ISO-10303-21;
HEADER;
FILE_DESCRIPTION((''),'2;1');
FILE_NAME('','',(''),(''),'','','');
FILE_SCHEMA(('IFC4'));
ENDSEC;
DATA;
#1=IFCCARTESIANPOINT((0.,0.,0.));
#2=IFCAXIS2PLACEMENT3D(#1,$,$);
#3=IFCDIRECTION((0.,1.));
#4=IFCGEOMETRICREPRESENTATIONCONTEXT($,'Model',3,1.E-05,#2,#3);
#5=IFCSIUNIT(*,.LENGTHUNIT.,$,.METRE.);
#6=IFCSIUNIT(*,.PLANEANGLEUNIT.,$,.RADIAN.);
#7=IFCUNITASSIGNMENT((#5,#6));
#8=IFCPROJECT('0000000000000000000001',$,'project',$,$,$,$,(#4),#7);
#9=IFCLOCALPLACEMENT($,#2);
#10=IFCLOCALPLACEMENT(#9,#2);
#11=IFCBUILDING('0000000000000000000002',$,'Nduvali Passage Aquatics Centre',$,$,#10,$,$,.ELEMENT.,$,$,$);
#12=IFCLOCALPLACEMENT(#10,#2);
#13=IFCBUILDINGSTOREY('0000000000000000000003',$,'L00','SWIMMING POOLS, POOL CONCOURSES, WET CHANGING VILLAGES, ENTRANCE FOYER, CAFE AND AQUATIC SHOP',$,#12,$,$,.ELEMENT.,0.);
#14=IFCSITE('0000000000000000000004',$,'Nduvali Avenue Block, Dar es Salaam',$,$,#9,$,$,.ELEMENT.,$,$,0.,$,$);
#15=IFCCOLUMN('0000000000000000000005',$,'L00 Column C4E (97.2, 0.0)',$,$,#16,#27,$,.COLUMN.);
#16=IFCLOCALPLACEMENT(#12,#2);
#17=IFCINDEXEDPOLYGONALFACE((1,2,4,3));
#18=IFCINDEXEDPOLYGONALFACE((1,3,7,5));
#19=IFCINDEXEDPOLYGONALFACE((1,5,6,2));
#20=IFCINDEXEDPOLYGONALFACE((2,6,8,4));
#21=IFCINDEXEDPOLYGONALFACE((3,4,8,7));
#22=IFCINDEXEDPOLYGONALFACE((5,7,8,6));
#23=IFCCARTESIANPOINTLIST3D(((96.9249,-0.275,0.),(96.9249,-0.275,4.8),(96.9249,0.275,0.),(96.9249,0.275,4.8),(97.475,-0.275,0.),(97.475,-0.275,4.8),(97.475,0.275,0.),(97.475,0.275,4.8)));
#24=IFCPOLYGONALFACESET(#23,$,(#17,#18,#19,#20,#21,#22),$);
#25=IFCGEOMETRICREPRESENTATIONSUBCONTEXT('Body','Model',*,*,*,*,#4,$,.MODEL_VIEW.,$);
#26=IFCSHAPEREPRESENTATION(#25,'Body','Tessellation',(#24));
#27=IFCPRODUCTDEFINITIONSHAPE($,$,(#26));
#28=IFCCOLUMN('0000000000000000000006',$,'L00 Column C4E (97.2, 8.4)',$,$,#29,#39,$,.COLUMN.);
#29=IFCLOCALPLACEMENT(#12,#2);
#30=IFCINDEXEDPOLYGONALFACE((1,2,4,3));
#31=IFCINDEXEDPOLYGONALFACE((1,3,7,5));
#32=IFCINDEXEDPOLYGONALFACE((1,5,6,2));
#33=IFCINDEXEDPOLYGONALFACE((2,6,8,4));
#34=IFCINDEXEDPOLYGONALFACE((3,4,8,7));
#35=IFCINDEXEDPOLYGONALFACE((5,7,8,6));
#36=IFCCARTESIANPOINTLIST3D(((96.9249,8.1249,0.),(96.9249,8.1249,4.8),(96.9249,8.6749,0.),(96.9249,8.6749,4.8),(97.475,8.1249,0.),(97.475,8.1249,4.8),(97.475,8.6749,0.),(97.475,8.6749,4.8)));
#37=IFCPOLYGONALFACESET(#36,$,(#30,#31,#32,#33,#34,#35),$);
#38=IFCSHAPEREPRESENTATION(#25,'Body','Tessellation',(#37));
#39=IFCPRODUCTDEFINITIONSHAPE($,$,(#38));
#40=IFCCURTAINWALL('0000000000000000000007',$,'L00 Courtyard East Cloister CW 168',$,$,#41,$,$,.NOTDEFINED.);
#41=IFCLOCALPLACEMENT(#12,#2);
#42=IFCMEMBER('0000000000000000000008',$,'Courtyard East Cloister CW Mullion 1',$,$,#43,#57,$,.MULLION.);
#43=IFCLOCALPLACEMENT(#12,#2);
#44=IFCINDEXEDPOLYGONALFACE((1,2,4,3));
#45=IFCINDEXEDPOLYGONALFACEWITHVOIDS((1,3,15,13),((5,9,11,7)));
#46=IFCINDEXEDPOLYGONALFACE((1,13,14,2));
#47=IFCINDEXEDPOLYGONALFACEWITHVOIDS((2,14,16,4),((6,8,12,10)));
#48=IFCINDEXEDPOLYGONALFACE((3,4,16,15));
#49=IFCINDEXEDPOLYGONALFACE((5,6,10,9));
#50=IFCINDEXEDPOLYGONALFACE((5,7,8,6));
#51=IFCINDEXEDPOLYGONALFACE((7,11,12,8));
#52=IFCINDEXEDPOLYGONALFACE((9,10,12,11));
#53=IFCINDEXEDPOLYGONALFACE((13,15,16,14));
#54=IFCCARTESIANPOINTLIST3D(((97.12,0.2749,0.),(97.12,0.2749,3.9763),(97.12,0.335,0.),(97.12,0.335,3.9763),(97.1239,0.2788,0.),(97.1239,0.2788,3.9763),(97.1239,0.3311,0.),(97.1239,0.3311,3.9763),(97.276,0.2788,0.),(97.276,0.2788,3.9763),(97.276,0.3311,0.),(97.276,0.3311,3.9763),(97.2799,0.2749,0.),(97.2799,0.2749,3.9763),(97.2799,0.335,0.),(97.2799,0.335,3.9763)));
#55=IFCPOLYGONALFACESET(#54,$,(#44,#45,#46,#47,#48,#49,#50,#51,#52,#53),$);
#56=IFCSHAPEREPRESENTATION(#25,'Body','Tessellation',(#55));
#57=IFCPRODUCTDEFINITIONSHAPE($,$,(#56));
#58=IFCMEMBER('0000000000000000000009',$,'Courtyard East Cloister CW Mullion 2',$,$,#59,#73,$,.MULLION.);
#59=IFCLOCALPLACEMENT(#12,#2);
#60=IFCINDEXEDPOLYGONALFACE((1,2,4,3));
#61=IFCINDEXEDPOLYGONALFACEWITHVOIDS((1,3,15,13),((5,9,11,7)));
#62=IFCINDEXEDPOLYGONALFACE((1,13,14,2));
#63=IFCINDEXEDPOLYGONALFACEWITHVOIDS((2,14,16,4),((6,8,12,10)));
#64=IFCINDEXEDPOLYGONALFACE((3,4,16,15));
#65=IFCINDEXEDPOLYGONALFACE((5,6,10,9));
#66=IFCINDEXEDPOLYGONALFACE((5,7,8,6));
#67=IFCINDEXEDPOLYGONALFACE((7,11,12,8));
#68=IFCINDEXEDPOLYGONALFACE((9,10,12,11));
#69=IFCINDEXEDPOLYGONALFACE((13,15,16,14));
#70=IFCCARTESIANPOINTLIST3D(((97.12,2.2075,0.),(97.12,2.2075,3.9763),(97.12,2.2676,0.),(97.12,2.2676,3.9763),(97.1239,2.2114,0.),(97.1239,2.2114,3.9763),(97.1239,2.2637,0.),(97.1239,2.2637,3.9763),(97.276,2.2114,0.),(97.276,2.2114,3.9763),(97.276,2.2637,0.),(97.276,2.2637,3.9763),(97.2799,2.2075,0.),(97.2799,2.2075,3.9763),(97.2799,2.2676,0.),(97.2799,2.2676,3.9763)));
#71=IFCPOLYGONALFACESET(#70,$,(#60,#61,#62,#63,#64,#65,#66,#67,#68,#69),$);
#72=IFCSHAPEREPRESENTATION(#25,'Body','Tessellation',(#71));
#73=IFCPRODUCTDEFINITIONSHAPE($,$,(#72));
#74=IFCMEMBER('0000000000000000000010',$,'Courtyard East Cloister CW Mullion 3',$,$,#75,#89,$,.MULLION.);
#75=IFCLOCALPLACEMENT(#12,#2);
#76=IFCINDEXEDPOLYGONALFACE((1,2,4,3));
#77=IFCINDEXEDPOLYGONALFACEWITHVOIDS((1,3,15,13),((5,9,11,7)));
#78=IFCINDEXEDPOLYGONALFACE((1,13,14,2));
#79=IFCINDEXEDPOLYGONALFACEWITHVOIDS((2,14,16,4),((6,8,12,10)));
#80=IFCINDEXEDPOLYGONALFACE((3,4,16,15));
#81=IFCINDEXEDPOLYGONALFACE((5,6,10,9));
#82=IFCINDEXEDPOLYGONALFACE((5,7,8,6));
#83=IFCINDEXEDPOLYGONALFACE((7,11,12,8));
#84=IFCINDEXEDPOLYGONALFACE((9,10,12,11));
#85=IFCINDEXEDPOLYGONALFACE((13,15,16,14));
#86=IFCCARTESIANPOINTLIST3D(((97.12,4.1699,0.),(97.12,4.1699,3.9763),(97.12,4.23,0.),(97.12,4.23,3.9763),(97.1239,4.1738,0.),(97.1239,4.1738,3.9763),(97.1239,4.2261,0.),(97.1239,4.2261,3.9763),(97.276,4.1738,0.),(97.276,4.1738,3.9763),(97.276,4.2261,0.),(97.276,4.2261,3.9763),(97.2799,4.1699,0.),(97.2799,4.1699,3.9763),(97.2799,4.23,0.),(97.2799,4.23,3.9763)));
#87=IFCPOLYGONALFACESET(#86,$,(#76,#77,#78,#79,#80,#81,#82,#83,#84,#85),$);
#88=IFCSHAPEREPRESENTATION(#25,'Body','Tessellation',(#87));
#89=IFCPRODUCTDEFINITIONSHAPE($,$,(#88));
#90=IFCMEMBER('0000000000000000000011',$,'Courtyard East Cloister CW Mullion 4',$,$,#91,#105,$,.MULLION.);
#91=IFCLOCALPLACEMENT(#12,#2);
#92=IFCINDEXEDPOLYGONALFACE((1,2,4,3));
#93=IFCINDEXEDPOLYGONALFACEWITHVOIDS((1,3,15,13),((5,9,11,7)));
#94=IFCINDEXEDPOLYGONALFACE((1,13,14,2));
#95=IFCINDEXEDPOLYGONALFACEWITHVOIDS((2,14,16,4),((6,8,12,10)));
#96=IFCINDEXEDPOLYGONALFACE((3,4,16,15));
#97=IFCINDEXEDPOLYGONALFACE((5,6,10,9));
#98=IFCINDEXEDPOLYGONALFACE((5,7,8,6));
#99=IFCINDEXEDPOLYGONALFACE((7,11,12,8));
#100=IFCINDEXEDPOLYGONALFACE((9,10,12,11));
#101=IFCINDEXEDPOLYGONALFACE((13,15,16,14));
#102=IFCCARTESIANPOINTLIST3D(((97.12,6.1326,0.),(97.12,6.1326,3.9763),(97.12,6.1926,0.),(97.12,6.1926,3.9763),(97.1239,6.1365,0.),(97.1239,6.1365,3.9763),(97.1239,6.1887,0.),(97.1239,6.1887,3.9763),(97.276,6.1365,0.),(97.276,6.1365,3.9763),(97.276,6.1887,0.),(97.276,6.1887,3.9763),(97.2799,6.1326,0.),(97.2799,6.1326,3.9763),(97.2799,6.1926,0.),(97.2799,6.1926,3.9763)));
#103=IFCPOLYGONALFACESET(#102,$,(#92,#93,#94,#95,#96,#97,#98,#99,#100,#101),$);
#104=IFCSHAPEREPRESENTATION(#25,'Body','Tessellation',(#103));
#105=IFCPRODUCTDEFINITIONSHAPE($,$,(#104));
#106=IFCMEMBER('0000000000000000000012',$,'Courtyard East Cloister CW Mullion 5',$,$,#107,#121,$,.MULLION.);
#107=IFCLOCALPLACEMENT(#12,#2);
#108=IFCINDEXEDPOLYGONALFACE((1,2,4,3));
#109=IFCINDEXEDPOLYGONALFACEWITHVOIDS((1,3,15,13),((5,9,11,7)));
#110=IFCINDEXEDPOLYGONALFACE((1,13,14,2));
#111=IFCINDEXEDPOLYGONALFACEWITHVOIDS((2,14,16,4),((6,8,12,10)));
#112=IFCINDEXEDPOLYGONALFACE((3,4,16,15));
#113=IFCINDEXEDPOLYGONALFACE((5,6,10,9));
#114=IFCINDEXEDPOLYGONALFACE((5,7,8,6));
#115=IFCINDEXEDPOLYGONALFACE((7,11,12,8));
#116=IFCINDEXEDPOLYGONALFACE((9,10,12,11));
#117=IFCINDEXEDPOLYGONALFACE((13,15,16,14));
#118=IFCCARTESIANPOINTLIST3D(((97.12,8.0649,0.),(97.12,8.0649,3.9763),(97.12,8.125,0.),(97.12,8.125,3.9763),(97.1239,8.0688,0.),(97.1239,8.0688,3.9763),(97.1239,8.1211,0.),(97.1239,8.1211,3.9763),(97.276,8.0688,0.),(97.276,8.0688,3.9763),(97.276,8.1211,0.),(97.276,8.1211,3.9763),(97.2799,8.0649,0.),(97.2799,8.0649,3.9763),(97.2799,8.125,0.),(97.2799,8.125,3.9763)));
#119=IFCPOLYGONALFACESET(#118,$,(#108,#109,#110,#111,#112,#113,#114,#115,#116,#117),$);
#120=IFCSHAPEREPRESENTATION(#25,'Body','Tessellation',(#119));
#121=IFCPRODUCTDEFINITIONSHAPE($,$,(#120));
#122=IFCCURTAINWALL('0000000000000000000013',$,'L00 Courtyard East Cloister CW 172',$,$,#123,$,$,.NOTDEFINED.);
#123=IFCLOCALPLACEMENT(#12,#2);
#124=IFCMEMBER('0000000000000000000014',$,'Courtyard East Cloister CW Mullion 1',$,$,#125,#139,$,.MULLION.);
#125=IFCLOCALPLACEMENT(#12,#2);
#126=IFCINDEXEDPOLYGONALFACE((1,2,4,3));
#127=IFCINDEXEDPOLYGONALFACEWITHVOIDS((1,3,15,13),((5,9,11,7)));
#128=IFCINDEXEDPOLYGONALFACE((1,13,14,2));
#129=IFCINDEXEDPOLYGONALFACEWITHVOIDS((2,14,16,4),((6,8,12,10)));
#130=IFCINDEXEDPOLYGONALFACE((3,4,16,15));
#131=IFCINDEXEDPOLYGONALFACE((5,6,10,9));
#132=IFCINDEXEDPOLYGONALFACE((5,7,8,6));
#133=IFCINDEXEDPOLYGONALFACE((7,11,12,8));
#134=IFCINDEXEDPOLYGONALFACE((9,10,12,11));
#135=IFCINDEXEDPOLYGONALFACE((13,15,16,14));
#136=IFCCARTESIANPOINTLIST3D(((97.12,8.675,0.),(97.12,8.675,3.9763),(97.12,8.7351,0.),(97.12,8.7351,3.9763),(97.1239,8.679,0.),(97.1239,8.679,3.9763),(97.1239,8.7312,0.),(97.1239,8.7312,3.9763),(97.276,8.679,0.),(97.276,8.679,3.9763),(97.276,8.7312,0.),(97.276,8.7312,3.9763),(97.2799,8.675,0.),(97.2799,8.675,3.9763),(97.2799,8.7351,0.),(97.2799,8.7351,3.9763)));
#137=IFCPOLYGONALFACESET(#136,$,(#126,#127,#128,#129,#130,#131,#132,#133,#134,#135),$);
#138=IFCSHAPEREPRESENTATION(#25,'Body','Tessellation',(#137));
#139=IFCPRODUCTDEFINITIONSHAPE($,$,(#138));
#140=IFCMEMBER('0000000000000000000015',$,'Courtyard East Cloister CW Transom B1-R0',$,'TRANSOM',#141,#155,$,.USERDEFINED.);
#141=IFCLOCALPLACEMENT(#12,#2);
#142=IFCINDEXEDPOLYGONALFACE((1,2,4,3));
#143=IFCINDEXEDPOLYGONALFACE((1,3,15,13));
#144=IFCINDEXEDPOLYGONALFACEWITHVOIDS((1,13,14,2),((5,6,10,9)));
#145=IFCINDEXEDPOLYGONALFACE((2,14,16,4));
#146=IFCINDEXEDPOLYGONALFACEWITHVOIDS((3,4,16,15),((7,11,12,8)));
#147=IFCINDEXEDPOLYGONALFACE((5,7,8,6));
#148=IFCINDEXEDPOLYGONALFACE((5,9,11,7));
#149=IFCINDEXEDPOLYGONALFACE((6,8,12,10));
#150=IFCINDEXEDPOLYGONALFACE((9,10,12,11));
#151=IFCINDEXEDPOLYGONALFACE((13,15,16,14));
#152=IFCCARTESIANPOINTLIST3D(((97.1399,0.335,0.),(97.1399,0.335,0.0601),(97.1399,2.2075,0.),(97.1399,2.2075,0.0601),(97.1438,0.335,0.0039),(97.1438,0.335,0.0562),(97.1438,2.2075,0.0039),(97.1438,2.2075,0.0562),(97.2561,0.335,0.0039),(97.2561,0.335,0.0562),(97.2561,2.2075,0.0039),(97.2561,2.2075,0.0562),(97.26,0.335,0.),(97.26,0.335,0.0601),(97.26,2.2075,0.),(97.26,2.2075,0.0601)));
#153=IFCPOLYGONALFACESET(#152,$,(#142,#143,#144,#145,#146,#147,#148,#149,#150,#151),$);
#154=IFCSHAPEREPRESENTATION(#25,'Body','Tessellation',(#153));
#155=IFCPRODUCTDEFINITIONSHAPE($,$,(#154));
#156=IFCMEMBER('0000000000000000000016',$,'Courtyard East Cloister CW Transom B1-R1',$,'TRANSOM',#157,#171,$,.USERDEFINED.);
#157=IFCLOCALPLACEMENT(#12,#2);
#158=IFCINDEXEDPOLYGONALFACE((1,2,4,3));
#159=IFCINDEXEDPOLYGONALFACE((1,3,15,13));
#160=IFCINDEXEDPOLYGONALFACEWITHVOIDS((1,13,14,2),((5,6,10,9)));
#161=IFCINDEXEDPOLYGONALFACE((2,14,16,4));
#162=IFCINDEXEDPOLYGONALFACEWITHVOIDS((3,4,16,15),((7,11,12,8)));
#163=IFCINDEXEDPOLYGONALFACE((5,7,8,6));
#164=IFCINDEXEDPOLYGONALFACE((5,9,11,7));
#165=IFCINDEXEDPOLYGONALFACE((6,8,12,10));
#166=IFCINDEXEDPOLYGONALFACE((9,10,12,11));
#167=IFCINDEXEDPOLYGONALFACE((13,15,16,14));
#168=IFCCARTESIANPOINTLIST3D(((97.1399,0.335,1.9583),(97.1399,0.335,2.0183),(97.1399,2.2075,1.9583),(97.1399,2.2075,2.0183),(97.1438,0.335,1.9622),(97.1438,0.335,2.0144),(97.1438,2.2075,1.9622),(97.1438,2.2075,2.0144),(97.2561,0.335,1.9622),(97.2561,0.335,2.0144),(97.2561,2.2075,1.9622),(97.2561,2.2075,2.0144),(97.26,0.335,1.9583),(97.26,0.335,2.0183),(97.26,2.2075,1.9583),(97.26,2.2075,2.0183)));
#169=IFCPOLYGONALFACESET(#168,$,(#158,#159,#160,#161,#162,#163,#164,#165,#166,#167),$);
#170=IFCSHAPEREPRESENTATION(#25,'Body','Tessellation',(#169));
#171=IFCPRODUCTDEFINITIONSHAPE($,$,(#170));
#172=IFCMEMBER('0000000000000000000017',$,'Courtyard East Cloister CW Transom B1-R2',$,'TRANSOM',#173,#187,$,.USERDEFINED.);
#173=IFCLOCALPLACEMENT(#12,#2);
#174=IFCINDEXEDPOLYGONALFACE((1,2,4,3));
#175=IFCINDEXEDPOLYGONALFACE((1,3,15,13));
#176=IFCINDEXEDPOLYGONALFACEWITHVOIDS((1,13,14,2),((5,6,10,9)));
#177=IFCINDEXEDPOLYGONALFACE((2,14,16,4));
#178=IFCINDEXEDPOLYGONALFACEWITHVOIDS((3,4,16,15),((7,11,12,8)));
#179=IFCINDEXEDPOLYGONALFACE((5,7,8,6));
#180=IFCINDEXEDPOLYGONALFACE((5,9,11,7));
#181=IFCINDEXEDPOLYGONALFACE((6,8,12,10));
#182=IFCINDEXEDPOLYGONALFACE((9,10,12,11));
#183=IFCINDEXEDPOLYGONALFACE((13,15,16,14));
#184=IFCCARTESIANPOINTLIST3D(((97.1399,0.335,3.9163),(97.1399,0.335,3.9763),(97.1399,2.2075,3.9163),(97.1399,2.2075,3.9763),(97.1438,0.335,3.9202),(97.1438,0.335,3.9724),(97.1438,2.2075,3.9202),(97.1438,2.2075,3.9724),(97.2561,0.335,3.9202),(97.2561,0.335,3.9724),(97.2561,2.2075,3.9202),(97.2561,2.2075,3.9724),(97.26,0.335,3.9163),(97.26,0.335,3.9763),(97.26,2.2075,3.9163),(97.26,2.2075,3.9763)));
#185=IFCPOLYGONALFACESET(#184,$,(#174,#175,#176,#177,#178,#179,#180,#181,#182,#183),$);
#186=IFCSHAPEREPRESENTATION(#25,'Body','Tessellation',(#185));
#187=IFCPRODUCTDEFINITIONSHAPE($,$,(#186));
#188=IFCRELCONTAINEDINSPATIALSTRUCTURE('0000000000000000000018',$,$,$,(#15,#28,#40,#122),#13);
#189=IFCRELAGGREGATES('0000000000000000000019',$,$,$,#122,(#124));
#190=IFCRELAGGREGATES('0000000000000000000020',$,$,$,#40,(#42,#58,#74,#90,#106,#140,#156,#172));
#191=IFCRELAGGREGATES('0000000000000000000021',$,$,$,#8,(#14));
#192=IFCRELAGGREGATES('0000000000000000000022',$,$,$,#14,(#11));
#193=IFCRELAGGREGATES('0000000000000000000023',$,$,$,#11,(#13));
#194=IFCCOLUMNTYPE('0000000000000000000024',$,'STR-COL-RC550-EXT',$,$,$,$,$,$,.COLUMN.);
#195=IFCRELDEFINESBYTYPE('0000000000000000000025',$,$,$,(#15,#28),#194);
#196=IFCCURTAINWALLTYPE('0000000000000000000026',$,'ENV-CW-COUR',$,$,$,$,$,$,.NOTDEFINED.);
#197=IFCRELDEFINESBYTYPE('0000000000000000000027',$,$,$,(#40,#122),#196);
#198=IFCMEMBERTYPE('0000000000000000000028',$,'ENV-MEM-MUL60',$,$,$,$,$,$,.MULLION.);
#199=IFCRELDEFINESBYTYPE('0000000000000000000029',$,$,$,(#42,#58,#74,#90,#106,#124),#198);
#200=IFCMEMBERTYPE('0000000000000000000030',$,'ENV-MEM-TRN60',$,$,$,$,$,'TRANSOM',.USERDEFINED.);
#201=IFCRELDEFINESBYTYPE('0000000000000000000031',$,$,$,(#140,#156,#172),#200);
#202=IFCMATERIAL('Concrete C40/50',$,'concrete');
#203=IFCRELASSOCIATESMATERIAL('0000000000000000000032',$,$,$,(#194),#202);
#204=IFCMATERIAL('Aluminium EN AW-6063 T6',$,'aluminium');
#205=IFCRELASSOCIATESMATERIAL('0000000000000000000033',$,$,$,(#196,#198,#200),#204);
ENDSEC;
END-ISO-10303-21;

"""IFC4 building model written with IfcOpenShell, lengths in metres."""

from ifc_helpers import new_model, si_unit, direction, frame, origin, origin_2d, place, context, subcontext, project, spatial, rectangle, hollow_rectangle, extrude, material, material_profile, profile_set, type_object, element, aggregate, save


model = new_model("IFC4")

# Units and contexts
model_context = context("Model", 3, precision=1e-05, world=origin(), true_north=direction((0.0, 1.0)))
body_context = subcontext(model_context, "Body", "Model", "MODEL_VIEW")
ifc_project = project(units=[si_unit("LENGTHUNIT", "METRE"), si_unit("PLANEANGLEUNIT", "RADIAN")], contexts=[model_context])

# Site, building, storey
site_placement = place(None, origin())
site = spatial("IfcSite", under=ifc_project, at=site_placement, Name="Nduvali Avenue Block, Dar es Salaam", CompositionType="ELEMENT", RefElevation=0.0)
building_placement = place(site_placement, origin())
building = spatial("IfcBuilding", under=site, at=building_placement, Name="Nduvali Passage Aquatics Centre", CompositionType="ELEMENT")
storey_placement = place(building_placement, origin())
storey = spatial("IfcBuildingStorey", under=building, at=storey_placement, Name="L00", Description="SWIMMING POOLS, POOL CONCOURSES, WET CHANGING VILLAGES, ENTRANCE FOYER, CAFE AND AQUATIC SHOP", CompositionType="ELEMENT", Elevation=0.0)

# Columns
ifc_material_1 = material(Name="Concrete C40/50", Category="concrete")
ifc_material_profile_1 = material_profile(ifc_material_1, rectangle(XDim=0.55, YDim=0.55, at=origin_2d()), Name="RC 550x550")
ifc_profile_set_1 = profile_set([ifc_material_profile_1], Name="Concrete C40/50")
column_type = type_object("IfcColumnType", Name="STR-COL-RC550-EXT", PredefinedType="COLUMN", material=ifc_profile_set_1)
for number, where, z_axis, x_axis, name in (
    (1, (97.2, 0.0, 0.0), (0.0, 0.0, 1.0), (1.0, 0.0, 0.0), "L00 Column C4E (97.2, 0.0)"),
    (2, (97.2, 8.3999, 0.0), (0.0, 0.0, 1.0), (1.0, 0.0, 0.0), "L00 Column C4E (97.2, 8.4)"),
):
    element("IfcColumn", number, at=place(storey_placement, frame(where, z_axis=z_axis, x_axis=x_axis)), inside=storey, type_object=column_type, Name=name, PredefinedType="COLUMN", context=body_context, shape_type="SweptSolid", body=[
        extrude(rectangle(XDim=0.55, YDim=0.55, at=origin_2d()), origin(), (0.0, 0.0, 1.0), 4.8),
    ])

# Curtain wall, members
ifc_material_2 = material(Name="Aluminium EN AW-6063 T6", Category="aluminium")
curtain_wall_type = type_object("IfcCurtainWallType", Name="ENV-CW-COUR", PredefinedType="NOTDEFINED", material=ifc_material_2)
curtain_wall_1_placement = place(storey_placement, origin())
curtain_wall_1 = element("IfcCurtainWall", 3, at=curtain_wall_1_placement, inside=storey, type_object=curtain_wall_type, Name="L00 Courtyard East Cloister CW 168", PredefinedType="NOTDEFINED")
ifc_material_profile_2 = material_profile(ifc_material_2, hollow_rectangle(XDim=0.0601, YDim=0.1599, WallThickness=0.0039, at=origin_2d()), Name="ALU MULLION 60x160x4")
ifc_profile_set_2 = profile_set([ifc_material_profile_2], Name="Aluminium EN AW-6063 T6")
member_type_1 = type_object("IfcMemberType", Name="ENV-MEM-MUL60", PredefinedType="MULLION", material=ifc_profile_set_2)
member_1_placement = place(storey_placement, frame((97.2, 0.3049, 0.0), z_axis=(0.0, 0.0, 1.0), x_axis=(0.0, 1.0, 0.0)))
member_1 = element("IfcMember", 4, at=member_1_placement, type_object=member_type_1, Name="Courtyard East Cloister CW Mullion 1", PredefinedType="MULLION", context=body_context, shape_type="SweptSolid", body=[
    extrude(hollow_rectangle(XDim=0.0601, YDim=0.1599, WallThickness=0.0039, at=origin_2d()), origin(), (0.0, 0.0, 1.0), 3.9763),
])
member_2_placement = place(storey_placement, frame((97.2, 2.2375, 0.0), z_axis=(0.0, 0.0, 1.0), x_axis=(0.0, 1.0, 0.0)))
member_2 = element("IfcMember", 5, at=member_2_placement, type_object=member_type_1, Name="Courtyard East Cloister CW Mullion 2", PredefinedType="MULLION", context=body_context, shape_type="SweptSolid", body=[
    extrude(hollow_rectangle(XDim=0.0601, YDim=0.1599, WallThickness=0.0039, at=origin_2d()), origin(), (0.0, 0.0, 1.0), 3.9763),
])
member_3_placement = place(storey_placement, frame((97.2, 4.2, 0.0), z_axis=(0.0, 0.0, 1.0), x_axis=(0.0, 1.0, 0.0)))
member_3 = element("IfcMember", 6, at=member_3_placement, type_object=member_type_1, Name="Courtyard East Cloister CW Mullion 3", PredefinedType="MULLION", context=body_context, shape_type="SweptSolid", body=[
    extrude(hollow_rectangle(XDim=0.0601, YDim=0.1599, WallThickness=0.0039, at=origin_2d()), origin(), (0.0, 0.0, 1.0), 3.9763),
])
member_4_placement = place(storey_placement, frame((97.2, 6.1626, 0.0), z_axis=(0.0, 0.0, 1.0), x_axis=(0.0, 1.0, 0.0)))
member_4 = element("IfcMember", 7, at=member_4_placement, type_object=member_type_1, Name="Courtyard East Cloister CW Mullion 4", PredefinedType="MULLION", context=body_context, shape_type="SweptSolid", body=[
    extrude(hollow_rectangle(XDim=0.0601, YDim=0.1599, WallThickness=0.0039, at=origin_2d()), origin(), (0.0, 0.0, 1.0), 3.9763),
])
member_5_placement = place(storey_placement, frame((97.2, 8.095, 0.0), z_axis=(0.0, 0.0, 1.0), x_axis=(0.0, 1.0, 0.0)))
member_5 = element("IfcMember", 8, at=member_5_placement, type_object=member_type_1, Name="Courtyard East Cloister CW Mullion 5", PredefinedType="MULLION", context=body_context, shape_type="SweptSolid", body=[
    extrude(hollow_rectangle(XDim=0.0601, YDim=0.1599, WallThickness=0.0039, at=origin_2d()), origin(), (0.0, 0.0, 1.0), 3.9763),
])

# Curtain wall, member
curtain_wall_2_placement = place(storey_placement, origin())
curtain_wall_2 = element("IfcCurtainWall", 9, at=curtain_wall_2_placement, inside=storey, type_object=curtain_wall_type, Name="L00 Courtyard East Cloister CW 172", PredefinedType="NOTDEFINED")
member_6_placement = place(storey_placement, frame((97.2, 8.7051, 0.0), z_axis=(0.0, 0.0, 1.0), x_axis=(0.0, 1.0, 0.0)))
member_6 = element("IfcMember", 10, at=member_6_placement, type_object=member_type_1, Name="Courtyard East Cloister CW Mullion 1", PredefinedType="MULLION", context=body_context, shape_type="SweptSolid", body=[
    extrude(hollow_rectangle(XDim=0.0601, YDim=0.1599, WallThickness=0.0039, at=origin_2d()), origin(), (0.0, 0.0, 1.0), 3.9763),
])
aggregate(curtain_wall_2, [member_6])

# Members
ifc_material_profile_3 = material_profile(ifc_material_2, hollow_rectangle(XDim=0.1201, YDim=0.0601, WallThickness=0.0039, at=origin_2d()), Name="ALU TRANSOM 120x60x4")
ifc_profile_set_3 = profile_set([ifc_material_profile_3], Name="Aluminium EN AW-6063 T6")
member_type_2 = type_object("IfcMemberType", Name="ENV-MEM-TRN60", ElementType="TRANSOM", PredefinedType="USERDEFINED", material=ifc_profile_set_3)
member_7_placement = place(storey_placement, frame((97.2, 0.335, 0.03), z_axis=(0.0, 1.0, 0.0), x_axis=(-1.0, 0.0, 0.0)))
member_7 = element("IfcMember", 11, at=member_7_placement, type_object=member_type_2, Name="Courtyard East Cloister CW Transom B1-R0", ObjectType="TRANSOM", PredefinedType="USERDEFINED", context=body_context, shape_type="SweptSolid", body=[
    extrude(hollow_rectangle(XDim=0.1201, YDim=0.0601, WallThickness=0.0039, at=origin_2d()), origin(), (0.0, 0.0, 1.0), 1.8726),
])
member_8_placement = place(storey_placement, frame((97.2, 0.335, 1.9883), z_axis=(0.0, 1.0, 0.0), x_axis=(-1.0, 0.0, 0.0)))
member_8 = element("IfcMember", 12, at=member_8_placement, type_object=member_type_2, Name="Courtyard East Cloister CW Transom B1-R1", ObjectType="TRANSOM", PredefinedType="USERDEFINED", context=body_context, shape_type="SweptSolid", body=[
    extrude(hollow_rectangle(XDim=0.1201, YDim=0.0601, WallThickness=0.0039, at=origin_2d()), origin(), (0.0, 0.0, 1.0), 1.8726),
])
member_9_placement = place(storey_placement, frame((97.2, 0.335, 3.9463), z_axis=(0.0, 1.0, 0.0), x_axis=(-1.0, 0.0, 0.0)))
member_9 = element("IfcMember", 13, at=member_9_placement, type_object=member_type_2, Name="Courtyard East Cloister CW Transom B1-R2", ObjectType="TRANSOM", PredefinedType="USERDEFINED", context=body_context, shape_type="SweptSolid", body=[
    extrude(hollow_rectangle(XDim=0.1201, YDim=0.0601, WallThickness=0.0039, at=origin_2d()), origin(), (0.0, 0.0, 1.0), 1.8726),
])

aggregate(curtain_wall_1, [member_1, member_2, member_3, member_4, member_5, member_7, member_8, member_9])

save(model, "model.ifc")
